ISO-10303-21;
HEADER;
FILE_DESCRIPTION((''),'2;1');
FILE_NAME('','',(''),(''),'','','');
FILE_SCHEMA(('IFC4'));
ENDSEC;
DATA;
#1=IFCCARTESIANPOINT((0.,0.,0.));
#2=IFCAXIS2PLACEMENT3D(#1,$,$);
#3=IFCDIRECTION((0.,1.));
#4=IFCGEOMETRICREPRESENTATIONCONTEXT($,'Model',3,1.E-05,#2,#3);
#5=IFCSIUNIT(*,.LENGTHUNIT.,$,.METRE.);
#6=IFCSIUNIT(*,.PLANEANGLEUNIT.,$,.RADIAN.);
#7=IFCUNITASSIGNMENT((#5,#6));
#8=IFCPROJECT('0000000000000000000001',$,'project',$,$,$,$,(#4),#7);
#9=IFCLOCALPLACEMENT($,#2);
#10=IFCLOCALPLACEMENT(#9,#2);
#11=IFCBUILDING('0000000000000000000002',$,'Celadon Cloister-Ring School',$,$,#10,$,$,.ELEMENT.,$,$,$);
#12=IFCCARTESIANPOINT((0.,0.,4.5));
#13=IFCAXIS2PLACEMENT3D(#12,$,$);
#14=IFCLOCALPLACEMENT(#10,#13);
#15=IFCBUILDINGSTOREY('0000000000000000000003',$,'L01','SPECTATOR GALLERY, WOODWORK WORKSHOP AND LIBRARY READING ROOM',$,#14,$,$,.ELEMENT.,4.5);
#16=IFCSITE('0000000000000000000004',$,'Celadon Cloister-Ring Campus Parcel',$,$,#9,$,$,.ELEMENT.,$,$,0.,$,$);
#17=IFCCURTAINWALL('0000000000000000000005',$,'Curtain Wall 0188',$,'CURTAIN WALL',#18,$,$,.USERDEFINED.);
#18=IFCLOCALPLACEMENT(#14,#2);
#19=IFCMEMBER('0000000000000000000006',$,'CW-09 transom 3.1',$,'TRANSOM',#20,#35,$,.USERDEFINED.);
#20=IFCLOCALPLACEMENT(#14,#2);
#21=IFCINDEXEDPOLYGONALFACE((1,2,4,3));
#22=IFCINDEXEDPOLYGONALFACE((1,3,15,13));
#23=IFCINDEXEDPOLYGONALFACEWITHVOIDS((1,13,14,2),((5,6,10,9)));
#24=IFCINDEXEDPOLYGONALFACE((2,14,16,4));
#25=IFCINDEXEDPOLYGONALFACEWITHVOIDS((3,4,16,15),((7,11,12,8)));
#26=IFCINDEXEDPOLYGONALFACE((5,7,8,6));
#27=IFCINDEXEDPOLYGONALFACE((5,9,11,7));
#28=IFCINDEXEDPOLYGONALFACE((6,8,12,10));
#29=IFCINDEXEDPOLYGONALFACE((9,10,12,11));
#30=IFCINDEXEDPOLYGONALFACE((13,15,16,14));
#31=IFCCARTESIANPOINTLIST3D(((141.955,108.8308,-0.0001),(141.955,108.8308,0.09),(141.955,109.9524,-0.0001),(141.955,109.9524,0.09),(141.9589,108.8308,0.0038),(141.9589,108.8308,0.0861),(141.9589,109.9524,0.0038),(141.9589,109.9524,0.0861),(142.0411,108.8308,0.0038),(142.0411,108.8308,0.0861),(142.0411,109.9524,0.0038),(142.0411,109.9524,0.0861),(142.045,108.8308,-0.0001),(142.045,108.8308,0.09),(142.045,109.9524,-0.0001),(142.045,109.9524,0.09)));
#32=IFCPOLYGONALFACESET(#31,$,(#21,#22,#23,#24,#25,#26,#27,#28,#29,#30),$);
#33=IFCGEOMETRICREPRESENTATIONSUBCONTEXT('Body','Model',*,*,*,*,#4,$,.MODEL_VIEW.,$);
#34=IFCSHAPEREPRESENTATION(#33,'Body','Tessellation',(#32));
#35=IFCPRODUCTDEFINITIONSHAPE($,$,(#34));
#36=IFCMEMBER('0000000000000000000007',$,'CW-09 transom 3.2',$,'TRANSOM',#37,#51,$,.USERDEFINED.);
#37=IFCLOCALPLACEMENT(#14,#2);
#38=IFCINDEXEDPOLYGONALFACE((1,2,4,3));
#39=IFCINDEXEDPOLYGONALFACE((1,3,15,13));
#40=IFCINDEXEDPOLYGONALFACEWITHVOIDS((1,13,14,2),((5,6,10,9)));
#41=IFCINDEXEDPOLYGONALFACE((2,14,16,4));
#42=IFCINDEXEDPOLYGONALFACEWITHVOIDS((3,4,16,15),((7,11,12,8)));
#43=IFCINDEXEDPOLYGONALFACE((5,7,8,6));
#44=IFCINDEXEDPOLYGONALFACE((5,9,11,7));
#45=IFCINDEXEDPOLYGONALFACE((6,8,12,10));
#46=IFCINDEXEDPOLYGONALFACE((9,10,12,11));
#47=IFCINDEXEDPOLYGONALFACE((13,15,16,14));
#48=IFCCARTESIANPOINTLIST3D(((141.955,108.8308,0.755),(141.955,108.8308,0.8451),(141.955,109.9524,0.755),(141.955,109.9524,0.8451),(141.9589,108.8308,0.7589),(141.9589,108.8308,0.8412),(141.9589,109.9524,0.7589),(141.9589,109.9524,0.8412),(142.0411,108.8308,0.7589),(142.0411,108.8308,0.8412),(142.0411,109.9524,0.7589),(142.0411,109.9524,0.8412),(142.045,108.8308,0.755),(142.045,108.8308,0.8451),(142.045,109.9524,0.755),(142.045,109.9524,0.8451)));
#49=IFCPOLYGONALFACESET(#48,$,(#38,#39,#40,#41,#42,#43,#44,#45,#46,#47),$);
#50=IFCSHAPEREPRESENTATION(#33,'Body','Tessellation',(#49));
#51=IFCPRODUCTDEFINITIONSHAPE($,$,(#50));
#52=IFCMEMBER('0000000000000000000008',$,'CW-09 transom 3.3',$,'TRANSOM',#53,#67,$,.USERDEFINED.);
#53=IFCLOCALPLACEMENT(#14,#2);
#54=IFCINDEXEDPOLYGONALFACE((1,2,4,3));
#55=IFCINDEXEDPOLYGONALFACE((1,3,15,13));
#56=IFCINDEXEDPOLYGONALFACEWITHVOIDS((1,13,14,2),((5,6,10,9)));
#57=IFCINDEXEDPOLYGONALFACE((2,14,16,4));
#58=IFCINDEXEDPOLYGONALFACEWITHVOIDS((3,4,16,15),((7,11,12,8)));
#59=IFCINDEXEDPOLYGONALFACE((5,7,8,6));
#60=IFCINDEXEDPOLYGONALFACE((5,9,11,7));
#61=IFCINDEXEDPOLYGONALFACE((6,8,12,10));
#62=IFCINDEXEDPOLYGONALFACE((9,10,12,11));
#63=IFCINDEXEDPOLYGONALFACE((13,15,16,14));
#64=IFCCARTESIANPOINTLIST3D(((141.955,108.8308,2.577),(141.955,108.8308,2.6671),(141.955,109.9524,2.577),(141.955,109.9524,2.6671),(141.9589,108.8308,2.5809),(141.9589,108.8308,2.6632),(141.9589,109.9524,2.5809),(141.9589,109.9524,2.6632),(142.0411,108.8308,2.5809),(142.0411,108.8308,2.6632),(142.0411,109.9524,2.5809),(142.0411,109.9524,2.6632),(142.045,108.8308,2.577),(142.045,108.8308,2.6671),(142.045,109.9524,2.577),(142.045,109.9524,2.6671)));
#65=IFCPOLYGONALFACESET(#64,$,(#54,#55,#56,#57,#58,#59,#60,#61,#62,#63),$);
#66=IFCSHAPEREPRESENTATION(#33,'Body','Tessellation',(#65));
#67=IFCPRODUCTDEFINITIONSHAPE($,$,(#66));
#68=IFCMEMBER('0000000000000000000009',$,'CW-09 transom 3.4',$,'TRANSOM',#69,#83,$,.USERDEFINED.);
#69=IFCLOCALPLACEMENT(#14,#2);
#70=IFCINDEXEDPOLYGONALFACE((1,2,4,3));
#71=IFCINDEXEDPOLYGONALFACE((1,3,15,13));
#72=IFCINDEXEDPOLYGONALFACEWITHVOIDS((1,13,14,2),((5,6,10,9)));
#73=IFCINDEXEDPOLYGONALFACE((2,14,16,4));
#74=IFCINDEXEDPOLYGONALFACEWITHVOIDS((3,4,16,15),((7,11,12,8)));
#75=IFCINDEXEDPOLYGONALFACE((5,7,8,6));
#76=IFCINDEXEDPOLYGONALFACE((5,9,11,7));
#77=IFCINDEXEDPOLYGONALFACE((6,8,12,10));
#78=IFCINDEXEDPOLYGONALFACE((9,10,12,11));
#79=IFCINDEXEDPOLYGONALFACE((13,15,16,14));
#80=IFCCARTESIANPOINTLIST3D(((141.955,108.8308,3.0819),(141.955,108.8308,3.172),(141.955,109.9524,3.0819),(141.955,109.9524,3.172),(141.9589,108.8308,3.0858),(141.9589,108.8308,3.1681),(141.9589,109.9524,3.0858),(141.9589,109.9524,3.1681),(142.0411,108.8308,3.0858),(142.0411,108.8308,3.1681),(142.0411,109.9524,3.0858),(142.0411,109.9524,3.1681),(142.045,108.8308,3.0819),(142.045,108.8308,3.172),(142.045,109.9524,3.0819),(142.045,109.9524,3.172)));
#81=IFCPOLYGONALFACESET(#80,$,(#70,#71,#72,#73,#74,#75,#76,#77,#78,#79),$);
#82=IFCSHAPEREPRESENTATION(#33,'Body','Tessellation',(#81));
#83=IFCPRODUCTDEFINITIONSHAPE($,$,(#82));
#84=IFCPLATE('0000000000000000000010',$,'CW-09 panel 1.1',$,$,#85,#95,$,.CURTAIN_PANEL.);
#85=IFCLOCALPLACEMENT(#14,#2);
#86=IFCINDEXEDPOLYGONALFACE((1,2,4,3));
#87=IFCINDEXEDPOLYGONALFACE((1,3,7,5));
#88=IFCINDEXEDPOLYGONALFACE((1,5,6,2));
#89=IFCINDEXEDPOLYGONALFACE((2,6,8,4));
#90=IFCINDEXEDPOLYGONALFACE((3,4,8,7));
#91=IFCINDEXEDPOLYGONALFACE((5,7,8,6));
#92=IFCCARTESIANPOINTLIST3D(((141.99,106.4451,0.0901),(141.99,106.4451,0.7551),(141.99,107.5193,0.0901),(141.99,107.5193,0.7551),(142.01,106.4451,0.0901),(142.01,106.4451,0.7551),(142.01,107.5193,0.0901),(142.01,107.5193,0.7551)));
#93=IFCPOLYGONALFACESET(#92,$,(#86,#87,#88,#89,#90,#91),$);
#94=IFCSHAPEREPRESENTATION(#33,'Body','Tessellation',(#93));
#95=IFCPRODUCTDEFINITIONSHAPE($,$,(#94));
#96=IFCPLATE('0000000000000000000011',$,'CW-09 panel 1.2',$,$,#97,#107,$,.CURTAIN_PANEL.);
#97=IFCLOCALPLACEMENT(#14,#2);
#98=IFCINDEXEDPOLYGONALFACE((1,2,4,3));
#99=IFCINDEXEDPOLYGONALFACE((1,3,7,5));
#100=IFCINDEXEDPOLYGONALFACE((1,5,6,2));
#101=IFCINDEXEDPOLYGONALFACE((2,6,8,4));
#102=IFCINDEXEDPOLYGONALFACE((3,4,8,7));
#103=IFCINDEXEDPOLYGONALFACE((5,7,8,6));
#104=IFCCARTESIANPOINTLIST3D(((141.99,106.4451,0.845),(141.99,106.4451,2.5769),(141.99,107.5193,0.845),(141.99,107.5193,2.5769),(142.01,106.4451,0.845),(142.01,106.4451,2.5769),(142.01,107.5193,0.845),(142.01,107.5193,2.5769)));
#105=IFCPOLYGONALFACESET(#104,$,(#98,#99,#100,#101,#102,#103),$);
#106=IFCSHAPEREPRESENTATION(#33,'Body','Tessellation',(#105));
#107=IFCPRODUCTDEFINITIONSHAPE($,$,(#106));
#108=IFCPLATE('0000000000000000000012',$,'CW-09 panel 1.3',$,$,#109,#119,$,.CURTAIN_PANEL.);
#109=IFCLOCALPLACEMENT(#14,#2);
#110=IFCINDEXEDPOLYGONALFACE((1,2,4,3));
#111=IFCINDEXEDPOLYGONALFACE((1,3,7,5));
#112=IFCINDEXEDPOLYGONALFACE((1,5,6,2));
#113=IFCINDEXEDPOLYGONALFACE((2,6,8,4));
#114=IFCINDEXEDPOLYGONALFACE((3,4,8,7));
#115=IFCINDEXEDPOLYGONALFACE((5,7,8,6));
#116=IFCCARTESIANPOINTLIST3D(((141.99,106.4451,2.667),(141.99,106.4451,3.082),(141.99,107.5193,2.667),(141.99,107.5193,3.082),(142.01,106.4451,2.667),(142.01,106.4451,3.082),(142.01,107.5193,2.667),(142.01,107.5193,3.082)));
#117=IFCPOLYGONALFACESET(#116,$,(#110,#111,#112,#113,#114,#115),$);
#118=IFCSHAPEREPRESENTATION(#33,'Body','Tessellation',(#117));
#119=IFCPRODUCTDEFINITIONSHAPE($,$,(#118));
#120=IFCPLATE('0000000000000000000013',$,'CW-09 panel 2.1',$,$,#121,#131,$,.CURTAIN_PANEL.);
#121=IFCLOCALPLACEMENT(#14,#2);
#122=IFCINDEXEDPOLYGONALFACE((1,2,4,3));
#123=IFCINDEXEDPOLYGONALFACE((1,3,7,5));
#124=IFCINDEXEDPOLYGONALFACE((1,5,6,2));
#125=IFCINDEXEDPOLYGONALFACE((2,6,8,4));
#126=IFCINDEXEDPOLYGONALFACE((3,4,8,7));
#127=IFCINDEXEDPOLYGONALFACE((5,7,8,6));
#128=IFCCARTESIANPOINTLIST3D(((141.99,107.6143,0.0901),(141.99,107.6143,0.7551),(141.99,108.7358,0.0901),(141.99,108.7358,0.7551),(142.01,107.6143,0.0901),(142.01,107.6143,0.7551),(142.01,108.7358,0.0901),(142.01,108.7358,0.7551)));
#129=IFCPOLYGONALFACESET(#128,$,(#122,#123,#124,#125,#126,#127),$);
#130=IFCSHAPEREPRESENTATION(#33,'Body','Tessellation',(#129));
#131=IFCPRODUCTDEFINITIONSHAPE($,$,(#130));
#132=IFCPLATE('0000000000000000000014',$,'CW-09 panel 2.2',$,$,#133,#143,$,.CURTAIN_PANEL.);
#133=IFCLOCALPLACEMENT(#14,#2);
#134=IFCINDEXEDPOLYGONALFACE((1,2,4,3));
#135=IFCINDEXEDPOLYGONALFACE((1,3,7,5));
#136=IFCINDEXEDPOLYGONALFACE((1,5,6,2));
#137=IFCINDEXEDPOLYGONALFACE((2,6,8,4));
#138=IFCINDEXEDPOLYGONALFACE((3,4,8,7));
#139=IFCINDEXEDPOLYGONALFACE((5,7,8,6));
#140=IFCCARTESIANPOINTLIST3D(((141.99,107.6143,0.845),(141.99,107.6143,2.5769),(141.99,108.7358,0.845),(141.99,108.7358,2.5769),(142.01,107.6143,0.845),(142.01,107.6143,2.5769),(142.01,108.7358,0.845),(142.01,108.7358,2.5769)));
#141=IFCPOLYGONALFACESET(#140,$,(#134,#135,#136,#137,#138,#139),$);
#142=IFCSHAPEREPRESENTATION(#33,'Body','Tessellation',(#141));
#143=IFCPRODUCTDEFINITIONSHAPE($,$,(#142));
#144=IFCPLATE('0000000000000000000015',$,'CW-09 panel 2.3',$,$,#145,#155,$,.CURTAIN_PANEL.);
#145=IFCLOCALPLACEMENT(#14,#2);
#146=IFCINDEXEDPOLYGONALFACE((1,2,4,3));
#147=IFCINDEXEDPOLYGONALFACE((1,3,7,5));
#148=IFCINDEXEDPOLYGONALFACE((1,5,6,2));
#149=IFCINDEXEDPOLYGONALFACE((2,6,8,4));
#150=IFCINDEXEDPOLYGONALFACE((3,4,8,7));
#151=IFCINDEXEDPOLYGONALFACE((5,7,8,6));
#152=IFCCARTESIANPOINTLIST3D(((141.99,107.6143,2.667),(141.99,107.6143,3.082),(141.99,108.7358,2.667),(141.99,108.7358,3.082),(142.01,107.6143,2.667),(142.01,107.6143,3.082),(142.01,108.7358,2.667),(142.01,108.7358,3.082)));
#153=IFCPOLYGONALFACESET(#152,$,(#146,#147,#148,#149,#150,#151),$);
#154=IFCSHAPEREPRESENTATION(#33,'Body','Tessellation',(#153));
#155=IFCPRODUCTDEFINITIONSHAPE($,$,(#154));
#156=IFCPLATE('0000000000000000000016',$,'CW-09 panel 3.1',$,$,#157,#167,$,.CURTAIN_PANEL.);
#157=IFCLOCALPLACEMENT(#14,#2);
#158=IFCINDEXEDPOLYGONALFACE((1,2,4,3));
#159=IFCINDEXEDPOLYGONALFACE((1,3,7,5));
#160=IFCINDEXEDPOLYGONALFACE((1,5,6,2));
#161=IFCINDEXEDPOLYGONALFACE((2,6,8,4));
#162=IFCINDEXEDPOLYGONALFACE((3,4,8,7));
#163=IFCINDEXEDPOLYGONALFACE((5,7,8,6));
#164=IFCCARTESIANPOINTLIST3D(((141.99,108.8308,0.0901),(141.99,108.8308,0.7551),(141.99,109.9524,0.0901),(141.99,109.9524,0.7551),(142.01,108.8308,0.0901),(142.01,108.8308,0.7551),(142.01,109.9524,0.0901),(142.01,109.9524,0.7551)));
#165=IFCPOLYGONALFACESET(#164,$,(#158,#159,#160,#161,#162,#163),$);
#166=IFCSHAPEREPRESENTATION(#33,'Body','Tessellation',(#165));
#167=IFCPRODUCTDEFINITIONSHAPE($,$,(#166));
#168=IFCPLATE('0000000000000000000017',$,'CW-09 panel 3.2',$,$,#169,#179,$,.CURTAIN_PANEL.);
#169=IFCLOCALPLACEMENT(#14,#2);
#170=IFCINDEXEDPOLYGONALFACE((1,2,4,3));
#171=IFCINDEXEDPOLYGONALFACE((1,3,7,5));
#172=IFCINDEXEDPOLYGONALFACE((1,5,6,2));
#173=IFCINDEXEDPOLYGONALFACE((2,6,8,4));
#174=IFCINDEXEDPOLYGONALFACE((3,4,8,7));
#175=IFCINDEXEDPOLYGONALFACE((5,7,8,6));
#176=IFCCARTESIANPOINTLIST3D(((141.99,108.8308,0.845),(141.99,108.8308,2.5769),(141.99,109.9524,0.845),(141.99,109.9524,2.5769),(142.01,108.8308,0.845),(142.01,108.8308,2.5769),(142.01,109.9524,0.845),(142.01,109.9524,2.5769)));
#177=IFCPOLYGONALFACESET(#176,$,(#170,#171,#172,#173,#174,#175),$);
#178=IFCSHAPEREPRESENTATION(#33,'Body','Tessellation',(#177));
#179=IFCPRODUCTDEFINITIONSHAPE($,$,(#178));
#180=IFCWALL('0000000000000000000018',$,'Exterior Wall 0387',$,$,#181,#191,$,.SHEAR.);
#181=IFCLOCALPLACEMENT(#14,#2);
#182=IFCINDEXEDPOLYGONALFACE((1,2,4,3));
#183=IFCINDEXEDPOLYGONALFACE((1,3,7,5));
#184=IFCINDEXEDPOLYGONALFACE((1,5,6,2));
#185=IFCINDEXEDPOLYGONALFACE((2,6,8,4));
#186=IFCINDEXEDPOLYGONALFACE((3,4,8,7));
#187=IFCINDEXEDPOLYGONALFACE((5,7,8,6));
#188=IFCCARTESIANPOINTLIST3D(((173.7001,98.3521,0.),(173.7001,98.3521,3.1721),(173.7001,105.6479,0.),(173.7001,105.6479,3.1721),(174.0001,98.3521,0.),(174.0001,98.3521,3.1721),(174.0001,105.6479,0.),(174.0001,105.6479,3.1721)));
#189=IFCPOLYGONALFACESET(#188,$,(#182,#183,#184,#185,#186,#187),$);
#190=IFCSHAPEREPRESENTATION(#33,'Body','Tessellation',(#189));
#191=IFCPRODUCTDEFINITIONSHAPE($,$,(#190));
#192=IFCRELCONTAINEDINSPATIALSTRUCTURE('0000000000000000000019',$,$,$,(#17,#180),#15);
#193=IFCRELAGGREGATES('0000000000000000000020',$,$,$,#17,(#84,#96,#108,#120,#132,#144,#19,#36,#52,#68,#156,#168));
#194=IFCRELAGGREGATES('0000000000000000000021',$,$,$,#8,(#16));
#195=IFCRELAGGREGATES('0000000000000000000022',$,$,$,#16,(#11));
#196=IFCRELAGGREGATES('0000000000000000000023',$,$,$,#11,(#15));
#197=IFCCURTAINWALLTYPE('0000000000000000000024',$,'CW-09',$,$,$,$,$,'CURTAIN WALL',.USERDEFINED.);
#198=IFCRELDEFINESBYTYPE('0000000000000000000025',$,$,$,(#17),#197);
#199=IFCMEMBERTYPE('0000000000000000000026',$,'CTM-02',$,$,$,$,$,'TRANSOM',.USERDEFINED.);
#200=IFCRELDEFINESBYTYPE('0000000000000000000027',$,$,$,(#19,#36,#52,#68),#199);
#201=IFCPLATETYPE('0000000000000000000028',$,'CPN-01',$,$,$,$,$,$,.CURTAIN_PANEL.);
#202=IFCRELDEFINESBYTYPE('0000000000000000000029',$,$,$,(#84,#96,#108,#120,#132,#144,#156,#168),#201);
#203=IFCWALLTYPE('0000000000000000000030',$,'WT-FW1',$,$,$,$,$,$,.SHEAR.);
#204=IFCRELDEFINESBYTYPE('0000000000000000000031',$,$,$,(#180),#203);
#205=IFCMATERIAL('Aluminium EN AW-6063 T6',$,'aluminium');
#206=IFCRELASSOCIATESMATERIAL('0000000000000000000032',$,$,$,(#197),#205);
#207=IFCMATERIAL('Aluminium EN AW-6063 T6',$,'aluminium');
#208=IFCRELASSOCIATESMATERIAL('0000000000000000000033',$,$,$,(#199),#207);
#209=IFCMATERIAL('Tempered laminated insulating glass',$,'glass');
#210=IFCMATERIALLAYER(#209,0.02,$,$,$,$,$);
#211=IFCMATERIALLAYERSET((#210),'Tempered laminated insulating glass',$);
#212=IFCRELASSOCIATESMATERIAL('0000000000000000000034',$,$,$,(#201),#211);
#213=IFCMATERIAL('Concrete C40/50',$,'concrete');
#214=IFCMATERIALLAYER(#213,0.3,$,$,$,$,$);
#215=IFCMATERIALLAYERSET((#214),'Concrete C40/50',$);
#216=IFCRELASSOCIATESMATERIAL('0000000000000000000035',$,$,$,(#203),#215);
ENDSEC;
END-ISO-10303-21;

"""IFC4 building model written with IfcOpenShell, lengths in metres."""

from ifc_helpers import new_model, si_unit, direction, frame, frame_2d, origin, origin_2d, place, context, subcontext, project, spatial, rectangle, hollow_rectangle, extrude, material, layer, layer_set, material_profile, profile_set, type_object, element, aggregate, save


model = new_model("IFC4")

# Units and contexts
model_context = context("Model", 3, precision=1e-05, world=origin(), true_north=direction((0.0, 1.0)))
body_context = subcontext(model_context, "Body", "Model", "MODEL_VIEW")
ifc_project = project(units=[si_unit("LENGTHUNIT", "METRE"), si_unit("PLANEANGLEUNIT", "RADIAN")], contexts=[model_context])

# Site, building, storey
site_placement = place(None, origin())
site = spatial("IfcSite", under=ifc_project, at=site_placement, Name="Celadon Cloister-Ring Campus Parcel", CompositionType="ELEMENT", RefElevation=0.0)
building_placement = place(site_placement, origin())
building = spatial("IfcBuilding", under=site, at=building_placement, Name="Celadon Cloister-Ring School", CompositionType="ELEMENT")
storey_placement = place(building_placement, frame((0.0, 0.0, 4.5)))
storey = spatial("IfcBuildingStorey", under=building, at=storey_placement, Name="L01", Description="SPECTATOR GALLERY, WOODWORK WORKSHOP AND LIBRARY READING ROOM", CompositionType="ELEMENT", Elevation=4.5)

# Curtain wall, members, plates
ifc_material_1 = material(Name="Aluminium EN AW-6063 T6", Category="aluminium")
curtain_wall_type = type_object("IfcCurtainWallType", Name="CW-09", ElementType="CURTAIN WALL", PredefinedType="USERDEFINED", material=ifc_material_1)
curtain_wall_placement = place(storey_placement, origin())
curtain_wall = element("IfcCurtainWall", 1, at=curtain_wall_placement, inside=storey, type_object=curtain_wall_type, Name="Curtain Wall 0188", ObjectType="CURTAIN WALL", PredefinedType="USERDEFINED")
ifc_material_2 = material(Name="Aluminium EN AW-6063 T6", Category="aluminium")
ifc_material_profile_1 = material_profile(ifc_material_2, hollow_rectangle(XDim=0.0901, YDim=0.0901, WallThickness=0.0039, at=origin_2d()), Name="RHS90X90X4")
ifc_profile_set_1 = profile_set([ifc_material_profile_1], Name="Aluminium EN AW-6063 T6")
member_type_1 = type_object("IfcMemberType", Name="CTM-02", ElementType="TRANSOM", PredefinedType="USERDEFINED", material=ifc_profile_set_1)
member_1_placement = place(storey_placement, frame((142.0, 108.8308, 0.0449), z_axis=(0.0, 1.0, 0.0), x_axis=(-1.0, 0.0, 0.0)))
member_1 = element("IfcMember", 2, at=member_1_placement, type_object=member_type_1, Name="CW-09 transom 3.1", ObjectType="TRANSOM", PredefinedType="USERDEFINED", context=body_context, shape_type="SweptSolid", body=[
    extrude(hollow_rectangle(XDim=0.0901, YDim=0.0901, WallThickness=0.0039, at=origin_2d()), origin(), (0.0, 0.0, 1.0), 1.1216),
])
member_2_placement = place(storey_placement, frame((142.0, 108.8308, 0.8), z_axis=(0.0, 1.0, 0.0), x_axis=(-1.0, 0.0, 0.0)))
member_2 = element("IfcMember", 3, at=member_2_placement, type_object=member_type_1, Name="CW-09 transom 3.2", ObjectType="TRANSOM", PredefinedType="USERDEFINED", context=body_context, shape_type="SweptSolid", body=[
    extrude(hollow_rectangle(XDim=0.0901, YDim=0.0901, WallThickness=0.0039, at=origin_2d()), origin(), (0.0, 0.0, 1.0), 1.1216),
])
member_3_placement = place(storey_placement, frame((142.0, 108.8308, 2.6221), z_axis=(0.0, 1.0, 0.0), x_axis=(-1.0, 0.0, 0.0)))
member_3 = element("IfcMember", 4, at=member_3_placement, type_object=member_type_1, Name="CW-09 transom 3.3", ObjectType="TRANSOM", PredefinedType="USERDEFINED", context=body_context, shape_type="SweptSolid", body=[
    extrude(hollow_rectangle(XDim=0.0901, YDim=0.0901, WallThickness=0.0039, at=origin_2d()), origin(), (0.0, 0.0, 1.0), 1.1216),
])
member_4_placement = place(storey_placement, frame((142.0, 108.8308, 3.127), z_axis=(0.0, 1.0, 0.0), x_axis=(-1.0, 0.0, 0.0)))
member_4 = element("IfcMember", 5, at=member_4_placement, type_object=member_type_1, Name="CW-09 transom 3.4", ObjectType="TRANSOM", PredefinedType="USERDEFINED", context=body_context, shape_type="SweptSolid", body=[
    extrude(hollow_rectangle(XDim=0.0901, YDim=0.0901, WallThickness=0.0039, at=origin_2d()), origin(), (0.0, 0.0, 1.0), 1.1216),
])
ifc_material_3 = material(Name="Tempered laminated insulating glass", Category="glass")
ifc_layer_1 = layer(ifc_material_3, 0.02)
ifc_layer_set_1 = layer_set([ifc_layer_1], Name="Tempered laminated insulating glass")
plate_type = type_object("IfcPlateType", Name="CPN-01", PredefinedType="CURTAIN_PANEL", material=ifc_layer_set_1)
plate_1_placement = place(storey_placement, frame((142.0, 106.9822, 0.0901), z_axis=(0.0, 0.0, 1.0), x_axis=(0.0, 1.0, 0.0)))
plate_1 = element("IfcPlate", 6, at=plate_1_placement, type_object=plate_type, Name="CW-09 panel 1.1", PredefinedType="CURTAIN_PANEL", context=body_context, shape_type="SweptSolid", body=[
    extrude(rectangle(XDim=1.0742, YDim=0.02, at=origin_2d()), origin(), (0.0, 0.0, 1.0), 0.665),
])
plate_2_placement = place(storey_placement, frame((142.0, 106.9822, 0.845), z_axis=(0.0, 0.0, 1.0), x_axis=(0.0, 1.0, 0.0)))
plate_2 = element("IfcPlate", 7, at=plate_2_placement, type_object=plate_type, Name="CW-09 panel 1.2", PredefinedType="CURTAIN_PANEL", context=body_context, shape_type="SweptSolid", body=[
    extrude(rectangle(XDim=1.0742, YDim=0.02, at=origin_2d()), origin(), (0.0, 0.0, 1.0), 1.7319),
])
plate_3_placement = place(storey_placement, frame((142.0, 106.9822, 2.667), z_axis=(0.0, 0.0, 1.0), x_axis=(0.0, 1.0, 0.0)))
plate_3 = element("IfcPlate", 8, at=plate_3_placement, type_object=plate_type, Name="CW-09 panel 1.3", PredefinedType="CURTAIN_PANEL", context=body_context, shape_type="SweptSolid", body=[
    extrude(rectangle(XDim=1.0742, YDim=0.02, at=origin_2d()), origin(), (0.0, 0.0, 1.0), 0.415),
])
plate_4_placement = place(storey_placement, frame((142.0, 108.175, 0.0901), z_axis=(0.0, 0.0, 1.0), x_axis=(0.0, 1.0, 0.0)))
plate_4 = element("IfcPlate", 9, at=plate_4_placement, type_object=plate_type, Name="CW-09 panel 2.1", PredefinedType="CURTAIN_PANEL", context=body_context, shape_type="SweptSolid", body=[
    extrude(rectangle(XDim=1.1216, YDim=0.02, at=origin_2d()), origin(), (0.0, 0.0, 1.0), 0.665),
])
plate_5_placement = place(storey_placement, frame((142.0, 108.175, 0.845), z_axis=(0.0, 0.0, 1.0), x_axis=(0.0, 1.0, 0.0)))
plate_5 = element("IfcPlate", 10, at=plate_5_placement, type_object=plate_type, Name="CW-09 panel 2.2", PredefinedType="CURTAIN_PANEL", context=body_context, shape_type="SweptSolid", body=[
    extrude(rectangle(XDim=1.1216, YDim=0.02, at=origin_2d()), origin(), (0.0, 0.0, 1.0), 1.7319),
])
plate_6_placement = place(storey_placement, frame((142.0, 108.175, 2.667), z_axis=(0.0, 0.0, 1.0), x_axis=(0.0, 1.0, 0.0)))
plate_6 = element("IfcPlate", 11, at=plate_6_placement, type_object=plate_type, Name="CW-09 panel 2.3", PredefinedType="CURTAIN_PANEL", context=body_context, shape_type="SweptSolid", body=[
    extrude(rectangle(XDim=1.1216, YDim=0.02, at=origin_2d()), origin(), (0.0, 0.0, 1.0), 0.415),
])
plate_7_placement = place(storey_placement, frame((142.0, 109.3916, 0.0901), z_axis=(0.0, 0.0, 1.0), x_axis=(0.0, 1.0, 0.0)))
plate_7 = element("IfcPlate", 12, at=plate_7_placement, type_object=plate_type, Name="CW-09 panel 3.1", PredefinedType="CURTAIN_PANEL", context=body_context, shape_type="SweptSolid", body=[
    extrude(rectangle(XDim=1.1216, YDim=0.02, at=origin_2d()), origin(), (0.0, 0.0, 1.0), 0.665),
])
plate_8_placement = place(storey_placement, frame((142.0, 109.3916, 0.845), z_axis=(0.0, 0.0, 1.0), x_axis=(0.0, 1.0, 0.0)))
plate_8 = element("IfcPlate", 13, at=plate_8_placement, type_object=plate_type, Name="CW-09 panel 3.2", PredefinedType="CURTAIN_PANEL", context=body_context, shape_type="SweptSolid", body=[
    extrude(rectangle(XDim=1.1216, YDim=0.02, at=origin_2d()), origin(), (0.0, 0.0, 1.0), 1.7319),
])
aggregate(curtain_wall, [plate_1, plate_2, plate_3, plate_4, plate_5, plate_6, member_1, member_2, member_3, member_4, plate_7, plate_8])

# Wall
ifc_material_4 = material(Name="Concrete C40/50", Category="concrete")
ifc_layer_2 = layer(ifc_material_4, 0.3)
ifc_layer_set_2 = layer_set([ifc_layer_2], Name="Concrete C40/50")
wall_type_1 = type_object("IfcWallType", Name="WT-FW1", PredefinedType="SHEAR", material=ifc_layer_set_2)
for number, where, z_axis, x_axis, name in (
    (14, (173.8501, 105.6479, 0.0), (0.0, 0.0, 1.0), (0.0, -1.0, 0.0), "Exterior Wall 0387"),
):
    element("IfcWall", number, at=place(storey_placement, frame(where, z_axis=z_axis, x_axis=x_axis)), inside=storey, type_object=wall_type_1, Name=name, PredefinedType="SHEAR", context=body_context, shape_type="SweptSolid", body=[
        extrude(rectangle(XDim=7.2959, YDim=0.3, at=frame_2d((3.6479, 0.0))), origin(), (0.0, 0.0, 1.0), 3.1721),
    ])

save(model, "model.ifc")
